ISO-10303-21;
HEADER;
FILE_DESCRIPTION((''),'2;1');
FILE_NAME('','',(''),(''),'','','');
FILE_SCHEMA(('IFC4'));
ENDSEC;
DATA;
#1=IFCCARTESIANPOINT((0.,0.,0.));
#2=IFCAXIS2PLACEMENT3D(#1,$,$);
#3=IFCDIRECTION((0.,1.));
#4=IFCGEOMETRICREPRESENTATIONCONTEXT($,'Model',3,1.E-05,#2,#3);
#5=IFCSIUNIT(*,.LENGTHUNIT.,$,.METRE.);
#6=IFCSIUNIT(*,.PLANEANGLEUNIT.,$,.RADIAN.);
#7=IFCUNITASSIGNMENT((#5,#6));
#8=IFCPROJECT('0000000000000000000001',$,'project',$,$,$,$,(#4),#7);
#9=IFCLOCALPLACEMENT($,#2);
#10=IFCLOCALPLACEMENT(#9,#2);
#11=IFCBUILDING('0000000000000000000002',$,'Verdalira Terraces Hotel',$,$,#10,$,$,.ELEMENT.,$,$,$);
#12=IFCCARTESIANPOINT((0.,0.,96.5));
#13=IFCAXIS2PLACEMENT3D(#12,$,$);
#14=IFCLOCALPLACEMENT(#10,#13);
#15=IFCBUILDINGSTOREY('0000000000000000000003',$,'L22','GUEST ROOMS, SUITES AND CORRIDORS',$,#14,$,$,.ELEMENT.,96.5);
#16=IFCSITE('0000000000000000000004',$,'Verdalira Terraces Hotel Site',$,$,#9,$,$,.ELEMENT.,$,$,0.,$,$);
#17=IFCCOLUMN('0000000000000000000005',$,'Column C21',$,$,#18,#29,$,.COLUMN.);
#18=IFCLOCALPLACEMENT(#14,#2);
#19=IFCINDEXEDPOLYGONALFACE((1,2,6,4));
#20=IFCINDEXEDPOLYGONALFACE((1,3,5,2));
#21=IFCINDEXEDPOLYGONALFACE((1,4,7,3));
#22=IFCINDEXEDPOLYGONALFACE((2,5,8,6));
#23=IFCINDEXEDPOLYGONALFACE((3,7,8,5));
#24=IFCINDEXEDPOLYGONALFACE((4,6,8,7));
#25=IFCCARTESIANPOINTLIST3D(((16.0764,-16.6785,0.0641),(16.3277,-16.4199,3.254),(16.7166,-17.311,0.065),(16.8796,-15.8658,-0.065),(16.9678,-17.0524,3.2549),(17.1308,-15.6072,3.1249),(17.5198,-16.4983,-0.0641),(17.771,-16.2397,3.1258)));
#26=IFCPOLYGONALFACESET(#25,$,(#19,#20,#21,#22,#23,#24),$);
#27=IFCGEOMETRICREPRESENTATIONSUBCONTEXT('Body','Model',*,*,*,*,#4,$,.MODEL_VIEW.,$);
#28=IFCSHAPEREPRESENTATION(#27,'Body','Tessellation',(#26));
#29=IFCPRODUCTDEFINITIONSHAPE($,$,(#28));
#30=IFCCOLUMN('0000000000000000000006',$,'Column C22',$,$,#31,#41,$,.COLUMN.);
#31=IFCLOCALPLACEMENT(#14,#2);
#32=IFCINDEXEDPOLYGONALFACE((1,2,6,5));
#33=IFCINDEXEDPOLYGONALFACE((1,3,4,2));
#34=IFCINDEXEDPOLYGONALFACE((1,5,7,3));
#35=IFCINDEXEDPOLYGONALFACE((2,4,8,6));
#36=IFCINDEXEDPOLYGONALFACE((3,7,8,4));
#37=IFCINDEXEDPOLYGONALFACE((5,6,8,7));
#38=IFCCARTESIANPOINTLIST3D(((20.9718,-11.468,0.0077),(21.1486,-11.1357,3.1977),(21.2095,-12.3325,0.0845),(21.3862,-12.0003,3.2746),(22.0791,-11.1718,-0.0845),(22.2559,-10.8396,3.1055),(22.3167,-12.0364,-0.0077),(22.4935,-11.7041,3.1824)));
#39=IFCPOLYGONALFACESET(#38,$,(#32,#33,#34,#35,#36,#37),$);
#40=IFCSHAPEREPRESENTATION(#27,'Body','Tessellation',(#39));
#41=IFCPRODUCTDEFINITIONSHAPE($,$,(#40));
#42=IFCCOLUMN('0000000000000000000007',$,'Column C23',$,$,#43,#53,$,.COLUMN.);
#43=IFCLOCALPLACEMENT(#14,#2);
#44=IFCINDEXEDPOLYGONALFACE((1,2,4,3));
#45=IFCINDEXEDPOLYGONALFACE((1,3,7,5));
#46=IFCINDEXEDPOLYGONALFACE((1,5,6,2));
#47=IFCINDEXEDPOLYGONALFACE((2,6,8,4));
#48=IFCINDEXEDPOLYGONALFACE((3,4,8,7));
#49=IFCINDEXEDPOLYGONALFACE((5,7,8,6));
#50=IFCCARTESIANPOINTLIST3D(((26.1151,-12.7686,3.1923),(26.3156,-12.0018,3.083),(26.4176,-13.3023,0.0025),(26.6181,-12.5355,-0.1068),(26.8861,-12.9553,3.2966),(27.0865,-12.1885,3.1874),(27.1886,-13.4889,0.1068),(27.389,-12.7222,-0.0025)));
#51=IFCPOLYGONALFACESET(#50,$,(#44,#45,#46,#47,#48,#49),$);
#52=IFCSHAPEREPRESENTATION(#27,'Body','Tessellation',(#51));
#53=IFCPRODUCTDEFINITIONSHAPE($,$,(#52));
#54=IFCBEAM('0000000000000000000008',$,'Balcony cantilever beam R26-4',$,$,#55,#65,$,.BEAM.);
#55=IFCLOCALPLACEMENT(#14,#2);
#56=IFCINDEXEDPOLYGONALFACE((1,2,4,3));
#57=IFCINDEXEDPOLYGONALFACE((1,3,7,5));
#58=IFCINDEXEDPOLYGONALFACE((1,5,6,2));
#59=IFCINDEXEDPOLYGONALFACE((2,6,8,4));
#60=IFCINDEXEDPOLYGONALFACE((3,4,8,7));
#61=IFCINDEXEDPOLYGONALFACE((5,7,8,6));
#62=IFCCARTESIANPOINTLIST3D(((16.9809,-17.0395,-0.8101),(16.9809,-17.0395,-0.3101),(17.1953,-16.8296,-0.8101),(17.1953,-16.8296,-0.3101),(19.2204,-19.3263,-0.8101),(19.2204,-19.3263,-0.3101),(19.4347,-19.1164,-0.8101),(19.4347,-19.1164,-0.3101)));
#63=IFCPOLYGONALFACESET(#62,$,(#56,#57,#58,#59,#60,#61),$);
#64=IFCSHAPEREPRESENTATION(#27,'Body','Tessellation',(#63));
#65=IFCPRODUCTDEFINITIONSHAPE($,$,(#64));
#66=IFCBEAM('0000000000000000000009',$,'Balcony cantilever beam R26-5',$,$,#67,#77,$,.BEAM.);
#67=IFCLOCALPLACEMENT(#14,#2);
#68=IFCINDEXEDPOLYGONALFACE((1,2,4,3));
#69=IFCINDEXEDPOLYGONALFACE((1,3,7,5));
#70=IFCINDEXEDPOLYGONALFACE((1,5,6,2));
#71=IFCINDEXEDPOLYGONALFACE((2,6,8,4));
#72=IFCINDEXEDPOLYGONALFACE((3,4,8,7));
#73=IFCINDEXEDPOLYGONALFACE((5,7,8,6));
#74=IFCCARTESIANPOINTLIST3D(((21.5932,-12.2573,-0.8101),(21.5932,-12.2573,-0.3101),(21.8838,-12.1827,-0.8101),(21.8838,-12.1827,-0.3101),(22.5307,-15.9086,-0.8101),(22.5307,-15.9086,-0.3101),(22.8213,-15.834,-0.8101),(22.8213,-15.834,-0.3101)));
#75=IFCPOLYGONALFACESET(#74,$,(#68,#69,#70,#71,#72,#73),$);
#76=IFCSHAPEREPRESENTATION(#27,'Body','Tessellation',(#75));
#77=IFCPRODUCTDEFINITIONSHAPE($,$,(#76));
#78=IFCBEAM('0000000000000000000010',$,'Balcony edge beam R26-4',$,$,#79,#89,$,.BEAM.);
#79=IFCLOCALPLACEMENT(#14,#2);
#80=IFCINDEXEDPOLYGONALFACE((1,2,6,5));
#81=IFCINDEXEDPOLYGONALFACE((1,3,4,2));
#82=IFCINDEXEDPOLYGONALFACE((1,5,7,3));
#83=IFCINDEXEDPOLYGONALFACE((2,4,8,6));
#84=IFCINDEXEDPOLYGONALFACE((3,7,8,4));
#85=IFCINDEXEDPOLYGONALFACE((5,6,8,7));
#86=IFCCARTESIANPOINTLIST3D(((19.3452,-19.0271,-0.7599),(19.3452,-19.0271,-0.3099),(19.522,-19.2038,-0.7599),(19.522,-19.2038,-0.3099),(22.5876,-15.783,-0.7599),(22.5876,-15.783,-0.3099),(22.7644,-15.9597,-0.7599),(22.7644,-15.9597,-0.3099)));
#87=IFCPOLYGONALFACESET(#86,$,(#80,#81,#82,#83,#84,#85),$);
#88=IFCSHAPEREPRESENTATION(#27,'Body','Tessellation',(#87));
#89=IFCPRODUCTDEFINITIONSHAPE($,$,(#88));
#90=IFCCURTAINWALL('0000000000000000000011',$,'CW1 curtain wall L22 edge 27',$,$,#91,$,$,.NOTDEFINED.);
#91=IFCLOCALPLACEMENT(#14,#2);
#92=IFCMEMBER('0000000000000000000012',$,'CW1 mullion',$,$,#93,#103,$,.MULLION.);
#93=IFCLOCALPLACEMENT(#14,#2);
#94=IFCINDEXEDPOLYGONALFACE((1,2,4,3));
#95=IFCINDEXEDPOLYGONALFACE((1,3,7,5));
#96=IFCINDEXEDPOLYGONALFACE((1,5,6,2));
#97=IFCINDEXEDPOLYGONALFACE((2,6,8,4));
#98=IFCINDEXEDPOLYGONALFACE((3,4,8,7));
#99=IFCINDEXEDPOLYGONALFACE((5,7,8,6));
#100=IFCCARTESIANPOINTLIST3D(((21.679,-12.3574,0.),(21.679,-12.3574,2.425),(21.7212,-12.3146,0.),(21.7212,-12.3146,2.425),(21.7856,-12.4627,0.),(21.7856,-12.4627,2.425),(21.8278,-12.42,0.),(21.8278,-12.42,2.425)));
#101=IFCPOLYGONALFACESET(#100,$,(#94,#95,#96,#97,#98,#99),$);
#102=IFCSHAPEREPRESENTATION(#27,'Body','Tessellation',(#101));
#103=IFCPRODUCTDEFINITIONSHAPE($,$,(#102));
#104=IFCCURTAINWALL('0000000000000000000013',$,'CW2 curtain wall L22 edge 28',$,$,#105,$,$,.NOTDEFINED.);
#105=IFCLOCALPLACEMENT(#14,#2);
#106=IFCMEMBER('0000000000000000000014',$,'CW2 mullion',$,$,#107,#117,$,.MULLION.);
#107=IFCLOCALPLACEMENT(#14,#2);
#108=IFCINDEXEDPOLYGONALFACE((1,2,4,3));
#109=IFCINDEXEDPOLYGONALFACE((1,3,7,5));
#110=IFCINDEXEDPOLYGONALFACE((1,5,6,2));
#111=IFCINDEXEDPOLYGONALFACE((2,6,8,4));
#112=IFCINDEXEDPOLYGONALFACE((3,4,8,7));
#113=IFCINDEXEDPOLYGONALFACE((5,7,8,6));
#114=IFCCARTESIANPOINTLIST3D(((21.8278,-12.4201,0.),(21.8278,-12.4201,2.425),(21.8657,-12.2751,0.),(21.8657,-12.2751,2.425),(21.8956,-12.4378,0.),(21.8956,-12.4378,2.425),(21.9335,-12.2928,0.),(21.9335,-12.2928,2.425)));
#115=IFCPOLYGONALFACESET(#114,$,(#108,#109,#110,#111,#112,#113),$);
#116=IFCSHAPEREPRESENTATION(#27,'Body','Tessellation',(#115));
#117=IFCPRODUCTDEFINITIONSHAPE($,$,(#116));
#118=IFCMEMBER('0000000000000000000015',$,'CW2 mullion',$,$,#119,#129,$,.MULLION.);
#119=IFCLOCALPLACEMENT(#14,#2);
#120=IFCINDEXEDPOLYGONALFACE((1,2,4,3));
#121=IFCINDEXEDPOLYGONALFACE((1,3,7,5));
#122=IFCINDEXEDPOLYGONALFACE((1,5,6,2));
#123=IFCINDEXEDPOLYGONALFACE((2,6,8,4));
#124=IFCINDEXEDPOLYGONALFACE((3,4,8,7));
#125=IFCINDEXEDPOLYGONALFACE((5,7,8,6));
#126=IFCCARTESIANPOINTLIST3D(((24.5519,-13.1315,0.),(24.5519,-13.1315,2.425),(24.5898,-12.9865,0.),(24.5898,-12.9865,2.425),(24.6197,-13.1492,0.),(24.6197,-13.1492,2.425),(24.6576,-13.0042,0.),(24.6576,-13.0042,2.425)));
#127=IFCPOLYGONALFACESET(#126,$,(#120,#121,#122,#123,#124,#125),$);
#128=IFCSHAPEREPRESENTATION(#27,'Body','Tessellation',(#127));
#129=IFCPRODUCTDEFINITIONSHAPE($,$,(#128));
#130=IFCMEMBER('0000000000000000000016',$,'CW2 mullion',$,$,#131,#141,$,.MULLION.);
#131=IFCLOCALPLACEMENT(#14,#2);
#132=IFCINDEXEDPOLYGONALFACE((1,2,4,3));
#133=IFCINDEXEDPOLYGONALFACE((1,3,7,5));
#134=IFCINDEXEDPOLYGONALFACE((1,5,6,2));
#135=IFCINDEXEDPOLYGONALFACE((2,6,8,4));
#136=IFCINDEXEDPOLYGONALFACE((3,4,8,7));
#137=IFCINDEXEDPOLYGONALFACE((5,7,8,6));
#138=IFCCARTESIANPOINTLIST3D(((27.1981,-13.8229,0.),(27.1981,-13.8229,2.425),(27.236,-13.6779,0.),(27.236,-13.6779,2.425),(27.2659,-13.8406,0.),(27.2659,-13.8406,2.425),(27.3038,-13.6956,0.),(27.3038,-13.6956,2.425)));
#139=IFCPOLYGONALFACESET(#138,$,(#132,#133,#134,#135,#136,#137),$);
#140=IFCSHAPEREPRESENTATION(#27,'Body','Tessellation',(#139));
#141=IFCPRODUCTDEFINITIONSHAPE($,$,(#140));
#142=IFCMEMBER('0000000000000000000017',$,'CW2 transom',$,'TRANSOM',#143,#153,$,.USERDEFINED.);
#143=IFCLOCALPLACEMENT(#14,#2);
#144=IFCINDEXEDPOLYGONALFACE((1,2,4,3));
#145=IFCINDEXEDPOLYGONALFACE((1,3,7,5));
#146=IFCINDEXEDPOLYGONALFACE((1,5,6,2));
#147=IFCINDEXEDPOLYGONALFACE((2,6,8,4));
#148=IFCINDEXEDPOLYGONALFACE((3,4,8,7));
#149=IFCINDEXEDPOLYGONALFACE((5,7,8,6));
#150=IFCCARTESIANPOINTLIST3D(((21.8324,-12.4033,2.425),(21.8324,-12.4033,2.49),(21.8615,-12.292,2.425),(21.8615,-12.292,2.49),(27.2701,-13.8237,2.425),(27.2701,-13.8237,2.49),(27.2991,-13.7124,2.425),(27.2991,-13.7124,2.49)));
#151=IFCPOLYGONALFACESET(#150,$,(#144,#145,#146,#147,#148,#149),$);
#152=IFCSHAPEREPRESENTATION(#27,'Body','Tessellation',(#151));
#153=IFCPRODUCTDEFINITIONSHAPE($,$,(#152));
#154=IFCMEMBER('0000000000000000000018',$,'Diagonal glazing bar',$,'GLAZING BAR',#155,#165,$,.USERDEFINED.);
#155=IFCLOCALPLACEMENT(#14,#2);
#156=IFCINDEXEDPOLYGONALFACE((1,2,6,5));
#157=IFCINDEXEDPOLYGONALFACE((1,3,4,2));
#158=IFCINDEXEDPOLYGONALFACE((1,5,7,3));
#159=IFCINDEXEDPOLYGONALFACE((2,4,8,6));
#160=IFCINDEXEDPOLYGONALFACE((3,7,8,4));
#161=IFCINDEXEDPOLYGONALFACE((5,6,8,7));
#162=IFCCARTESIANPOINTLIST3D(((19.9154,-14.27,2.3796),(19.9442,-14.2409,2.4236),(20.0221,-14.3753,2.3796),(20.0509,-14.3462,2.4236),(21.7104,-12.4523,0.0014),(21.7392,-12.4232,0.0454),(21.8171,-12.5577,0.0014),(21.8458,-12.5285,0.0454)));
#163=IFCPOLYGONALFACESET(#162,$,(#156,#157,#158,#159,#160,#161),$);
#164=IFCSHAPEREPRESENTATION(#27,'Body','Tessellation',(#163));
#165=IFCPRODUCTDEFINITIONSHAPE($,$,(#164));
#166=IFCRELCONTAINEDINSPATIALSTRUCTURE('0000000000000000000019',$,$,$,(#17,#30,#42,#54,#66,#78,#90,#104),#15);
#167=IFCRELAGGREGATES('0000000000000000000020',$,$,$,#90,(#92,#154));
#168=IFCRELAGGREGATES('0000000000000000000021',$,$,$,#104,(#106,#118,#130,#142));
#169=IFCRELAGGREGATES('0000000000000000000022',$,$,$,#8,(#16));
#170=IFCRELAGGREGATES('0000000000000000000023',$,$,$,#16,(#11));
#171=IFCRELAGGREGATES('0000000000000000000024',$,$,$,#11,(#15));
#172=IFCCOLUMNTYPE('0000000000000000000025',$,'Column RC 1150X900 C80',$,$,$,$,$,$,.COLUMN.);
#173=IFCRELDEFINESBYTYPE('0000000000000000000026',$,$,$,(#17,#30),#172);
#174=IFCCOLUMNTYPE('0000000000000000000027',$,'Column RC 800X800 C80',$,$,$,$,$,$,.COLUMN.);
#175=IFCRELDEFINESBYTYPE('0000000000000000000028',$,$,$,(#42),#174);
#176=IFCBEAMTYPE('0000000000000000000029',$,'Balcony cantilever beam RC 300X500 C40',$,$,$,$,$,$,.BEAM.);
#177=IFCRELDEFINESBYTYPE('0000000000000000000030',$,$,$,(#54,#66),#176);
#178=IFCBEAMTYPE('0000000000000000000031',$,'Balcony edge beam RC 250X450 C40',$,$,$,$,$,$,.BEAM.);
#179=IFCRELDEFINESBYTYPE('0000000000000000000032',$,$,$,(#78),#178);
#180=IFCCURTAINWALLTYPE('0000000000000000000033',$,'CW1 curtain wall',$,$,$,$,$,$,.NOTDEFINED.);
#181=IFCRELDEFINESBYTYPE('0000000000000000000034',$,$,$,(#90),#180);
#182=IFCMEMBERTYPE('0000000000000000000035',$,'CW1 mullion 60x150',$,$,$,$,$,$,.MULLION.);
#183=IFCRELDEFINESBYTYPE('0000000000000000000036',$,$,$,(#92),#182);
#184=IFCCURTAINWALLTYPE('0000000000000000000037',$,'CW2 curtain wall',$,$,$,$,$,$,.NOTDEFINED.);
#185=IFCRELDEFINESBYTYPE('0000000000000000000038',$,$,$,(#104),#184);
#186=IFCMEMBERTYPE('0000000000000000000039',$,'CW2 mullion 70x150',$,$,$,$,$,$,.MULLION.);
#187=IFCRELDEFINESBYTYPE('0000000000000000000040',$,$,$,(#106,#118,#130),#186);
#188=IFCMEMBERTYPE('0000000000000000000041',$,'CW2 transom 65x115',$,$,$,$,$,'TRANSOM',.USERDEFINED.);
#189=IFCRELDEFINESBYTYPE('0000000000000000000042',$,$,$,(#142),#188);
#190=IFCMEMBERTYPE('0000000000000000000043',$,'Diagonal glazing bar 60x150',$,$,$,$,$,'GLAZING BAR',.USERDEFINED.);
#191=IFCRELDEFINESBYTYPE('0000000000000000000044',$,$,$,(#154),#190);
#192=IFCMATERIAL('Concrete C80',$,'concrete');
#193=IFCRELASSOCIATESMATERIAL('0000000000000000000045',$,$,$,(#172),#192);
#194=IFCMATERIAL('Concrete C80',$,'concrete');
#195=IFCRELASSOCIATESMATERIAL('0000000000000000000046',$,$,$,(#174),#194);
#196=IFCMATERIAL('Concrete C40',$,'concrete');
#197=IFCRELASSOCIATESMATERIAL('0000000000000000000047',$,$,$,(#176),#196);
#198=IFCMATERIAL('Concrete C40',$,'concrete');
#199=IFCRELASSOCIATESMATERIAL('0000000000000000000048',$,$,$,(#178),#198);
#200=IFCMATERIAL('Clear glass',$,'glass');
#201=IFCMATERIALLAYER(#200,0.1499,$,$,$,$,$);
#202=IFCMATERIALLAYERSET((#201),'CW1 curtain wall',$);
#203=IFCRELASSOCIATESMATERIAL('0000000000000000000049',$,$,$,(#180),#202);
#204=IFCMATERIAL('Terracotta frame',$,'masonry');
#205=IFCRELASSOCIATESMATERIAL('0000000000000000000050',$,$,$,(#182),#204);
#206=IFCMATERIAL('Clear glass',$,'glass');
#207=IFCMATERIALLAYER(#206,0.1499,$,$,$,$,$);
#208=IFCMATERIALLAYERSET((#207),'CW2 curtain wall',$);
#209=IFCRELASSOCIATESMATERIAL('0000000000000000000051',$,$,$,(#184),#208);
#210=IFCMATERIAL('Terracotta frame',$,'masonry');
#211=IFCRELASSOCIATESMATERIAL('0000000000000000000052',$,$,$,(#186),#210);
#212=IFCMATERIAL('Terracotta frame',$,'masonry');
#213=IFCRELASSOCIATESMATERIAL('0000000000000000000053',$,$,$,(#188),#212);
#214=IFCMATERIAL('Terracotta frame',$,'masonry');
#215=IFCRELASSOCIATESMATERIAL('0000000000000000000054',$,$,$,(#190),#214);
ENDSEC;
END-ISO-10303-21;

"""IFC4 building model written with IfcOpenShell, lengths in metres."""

from ifc_helpers import new_model, si_unit, direction, frame, origin, origin_2d, place, context, subcontext, project, spatial, rectangle, extrude, material, layer, layer_set, material_profile, profile_set, type_object, element, aggregate, save


model = new_model("IFC4")

# Units and contexts
model_context = context("Model", 3, precision=1e-05, world=origin(), true_north=direction((0.0, 1.0)))
body_context = subcontext(model_context, "Body", "Model", "MODEL_VIEW")
ifc_project = project(units=[si_unit("LENGTHUNIT", "METRE"), si_unit("PLANEANGLEUNIT", "RADIAN")], contexts=[model_context])

# Site, building, storey
site_placement = place(None, origin())
site = spatial("IfcSite", under=ifc_project, at=site_placement, Name="Verdalira Terraces Hotel Site", CompositionType="ELEMENT", RefElevation=0.0)
building_placement = place(site_placement, origin())
building = spatial("IfcBuilding", under=site, at=building_placement, Name="Verdalira Terraces Hotel", CompositionType="ELEMENT")
storey_placement = place(building_placement, frame((0.0, 0.0, 96.5)))
storey = spatial("IfcBuildingStorey", under=building, at=storey_placement, Name="L22", Description="GUEST ROOMS, SUITES AND CORRIDORS", CompositionType="ELEMENT", Elevation=96.5)

# Columns
ifc_material_1 = material(Name="Concrete C80", Category="concrete")
ifc_material_profile_1 = material_profile(ifc_material_1, rectangle(XDim=1.1499, YDim=0.8999, at=origin_2d()), Name="RC 1150X900")
ifc_profile_set_1 = profile_set([ifc_material_profile_1], Name="Concrete C80")
column_type_1 = type_object("IfcColumnType", Name="Column RC 1150X900 C80", PredefinedType="COLUMN", material=ifc_profile_set_1)
column_1_placement = place(storey_placement, frame((16.7981, -16.5884, 0.0), z_axis=(0.078256, 0.080537, 0.993675), x_axis=(0.69849, 0.706755, -0.112291)))
element("IfcColumn", 1, at=column_1_placement, inside=storey, type_object=column_type_1, Name="Column C21", PredefinedType="COLUMN", context=body_context, shape_type="SweptSolid", body=[
    extrude(rectangle(XDim=1.1499, YDim=0.8999, at=origin_2d()), origin(), (0.0, 0.0, 1.0), 3.2102),
])
column_2_placement = place(storey_placement, frame((21.6443, -11.7522, 0.0), z_axis=(0.055029, 0.103446, 0.993112), x_axis=(-0.962932, -0.25755, 0.080184)))
element("IfcColumn", 2, at=column_2_placement, inside=storey, type_object=column_type_1, Name="Column C22", PredefinedType="COLUMN", context=body_context, shape_type="SweptSolid", body=[
    extrude(rectangle(XDim=1.1499, YDim=0.8999, at=origin_2d()), origin(), (0.0, 0.0, 1.0), 3.2122),
])
ifc_material_2 = material(Name="Concrete C80", Category="concrete")
ifc_material_profile_2 = material_profile(ifc_material_2, rectangle(XDim=0.8, YDim=0.8, at=origin_2d()), Name="RC 800X800")
ifc_profile_set_2 = profile_set([ifc_material_profile_2], Name="Concrete C80")
column_type_2 = type_object("IfcColumnType", Name="Column RC 800X800 C80", PredefinedType="COLUMN", material=ifc_profile_set_2)
column_3_placement = place(storey_placement, frame((26.9033, -13.0122, 0.0), z_axis=(-0.09312, 0.164294, 0.982006), x_axis=(0.963615, -0.233323, 0.130412)))
element("IfcColumn", 3, at=column_3_placement, inside=storey, type_object=column_type_2, Name="Column C23", PredefinedType="COLUMN", context=body_context, shape_type="SweptSolid", body=[
    extrude(rectangle(XDim=0.8, YDim=0.8, at=origin_2d()), origin(), (0.0, 0.0, 1.0), 3.2483),
])

# Beams
ifc_material_3 = material(Name="Concrete C40", Category="concrete")
ifc_material_profile_3 = material_profile(ifc_material_3, rectangle(XDim=0.3, YDim=0.5, at=origin_2d()), Name="RC 300X500")
ifc_profile_set_3 = profile_set([ifc_material_profile_3], Name="Concrete C40")
beam_type_1 = type_object("IfcBeamType", Name="Balcony cantilever beam RC 300X500 C40", PredefinedType="BEAM", material=ifc_profile_set_3)
beam_1_placement = place(storey_placement, frame((17.0881, -16.9346, -0.5601), z_axis=(0.699669, -0.714467, 0.0), x_axis=(0.714467, 0.699669, 0.0)))
element("IfcBeam", 4, at=beam_1_placement, inside=storey, type_object=beam_type_1, Name="Balcony cantilever beam R26-4", PredefinedType="BEAM", context=body_context, shape_type="SweptSolid", body=[
    extrude(rectangle(XDim=0.3, YDim=0.5, at=origin_2d()), origin(), (0.0, 0.0, 1.0), 3.2007),
])
beam_2_placement = place(storey_placement, frame((21.7385, -12.22, -0.5601), z_axis=(0.248687, -0.968584, 0.0), x_axis=(0.968584, 0.248687, 0.0)))
element("IfcBeam", 5, at=beam_2_placement, inside=storey, type_object=beam_type_1, Name="Balcony cantilever beam R26-5", PredefinedType="BEAM", context=body_context, shape_type="SweptSolid", body=[
    extrude(rectangle(XDim=0.3, YDim=0.5, at=origin_2d()), origin(), (0.0, 0.0, 1.0), 3.7698),
])
ifc_material_4 = material(Name="Concrete C40", Category="concrete")
ifc_material_profile_4 = material_profile(ifc_material_4, rectangle(XDim=0.25, YDim=0.45, at=origin_2d()), Name="RC 250X450")
ifc_profile_set_4 = profile_set([ifc_material_profile_4], Name="Concrete C40")
beam_type_2 = type_object("IfcBeamType", Name="Balcony edge beam RC 250X450 C40", PredefinedType="BEAM", material=ifc_profile_set_4)
beam_3_placement = place(storey_placement, frame((19.4336, -19.1155, -0.5349), z_axis=(0.70692, 0.707293, 0.0), x_axis=(-0.707293, 0.70692, 0.0)))
element("IfcBeam", 6, at=beam_3_placement, inside=storey, type_object=beam_type_2, Name="Balcony edge beam R26-4", PredefinedType="BEAM", context=body_context, shape_type="SweptSolid", body=[
    extrude(rectangle(XDim=0.25, YDim=0.45, at=origin_2d()), origin(), (0.0, 0.0, 1.0), 4.5867),
])

# Curtain wall, member
ifc_material_5 = material(Name="Clear glass", Category="glass")
ifc_layer_1 = layer(ifc_material_5, 0.1499)
ifc_layer_set_1 = layer_set([ifc_layer_1], Name="CW1 curtain wall")
curtain_wall_type_1 = type_object("IfcCurtainWallType", Name="CW1 curtain wall", PredefinedType="NOTDEFINED", material=ifc_layer_set_1)
curtain_wall_1_placement = place(storey_placement, origin())
curtain_wall_1 = element("IfcCurtainWall", 7, at=curtain_wall_1_placement, inside=storey, type_object=curtain_wall_type_1, Name="CW1 curtain wall L22 edge 27", PredefinedType="NOTDEFINED")
ifc_material_6 = material(Name="Terracotta frame", Category="masonry")
ifc_material_profile_5 = material_profile(ifc_material_6, rectangle(XDim=0.0601, YDim=0.1499, at=origin_2d()), Name="MU 60x150")
ifc_profile_set_5 = profile_set([ifc_material_profile_5], Name="Terracotta frame")
member_type_1 = type_object("IfcMemberType", Name="CW1 mullion 60x150", PredefinedType="MULLION", material=ifc_profile_set_5)
member_1_placement = place(storey_placement, frame((21.7534, -12.3887, 0.0), z_axis=(0.0, 0.0, 1.0), x_axis=(0.70265, 0.711536, 0.0)))
member_1 = element("IfcMember", 8, at=member_1_placement, type_object=member_type_1, Name="CW1 mullion", PredefinedType="MULLION", context=body_context, shape_type="SweptSolid", body=[
    extrude(rectangle(XDim=0.0601, YDim=0.1499, at=origin_2d()), origin(), (0.0, 0.0, 1.0), 2.425),
])

# Curtain wall, members
ifc_material_7 = material(Name="Clear glass", Category="glass")
ifc_layer_2 = layer(ifc_material_7, 0.1499)
ifc_layer_set_2 = layer_set([ifc_layer_2], Name="CW2 curtain wall")
curtain_wall_type_2 = type_object("IfcCurtainWallType", Name="CW2 curtain wall", PredefinedType="NOTDEFINED", material=ifc_layer_set_2)
curtain_wall_2_placement = place(storey_placement, origin())
curtain_wall_2 = element("IfcCurtainWall", 9, at=curtain_wall_2_placement, inside=storey, type_object=curtain_wall_type_2, Name="CW2 curtain wall L22 edge 28", PredefinedType="NOTDEFINED")
ifc_material_8 = material(Name="Terracotta frame", Category="masonry")
ifc_material_profile_6 = material_profile(ifc_material_8, rectangle(XDim=0.0701, YDim=0.1499, at=origin_2d()), Name="MU 70x150")
ifc_profile_set_6 = profile_set([ifc_material_profile_6], Name="Terracotta frame")
member_type_2 = type_object("IfcMemberType", Name="CW2 mullion 70x150", PredefinedType="MULLION", material=ifc_profile_set_6)
member_2_placement = place(storey_placement, frame((21.8806, -12.3564, 0.0), z_axis=(0.0, 0.0, 1.0), x_axis=(0.967533, -0.252745, 0.0)))
member_2 = element("IfcMember", 10, at=member_2_placement, type_object=member_type_2, Name="CW2 mullion", PredefinedType="MULLION", context=body_context, shape_type="SweptSolid", body=[
    extrude(rectangle(XDim=0.0701, YDim=0.1499, at=origin_2d()), origin(), (0.0, 0.0, 1.0), 2.425),
])
member_3_placement = place(storey_placement, frame((24.6047, -13.0679, 0.0), z_axis=(0.0, 0.0, 1.0), x_axis=(0.967533, -0.252745, 0.0)))
member_3 = element("IfcMember", 11, at=member_3_placement, type_object=member_type_2, Name="CW2 mullion", PredefinedType="MULLION", context=body_context, shape_type="SweptSolid", body=[
    extrude(rectangle(XDim=0.0701, YDim=0.1499, at=origin_2d()), origin(), (0.0, 0.0, 1.0), 2.425),
])
member_4_placement = place(storey_placement, frame((27.251, -13.7593, 0.0), z_axis=(0.0, 0.0, 1.0), x_axis=(0.967533, -0.252745, 0.0)))
member_4 = element("IfcMember", 12, at=member_4_placement, type_object=member_type_2, Name="CW2 mullion", PredefinedType="MULLION", context=body_context, shape_type="SweptSolid", body=[
    extrude(rectangle(XDim=0.0701, YDim=0.1499, at=origin_2d()), origin(), (0.0, 0.0, 1.0), 2.425),
])
ifc_material_9 = material(Name="Terracotta frame", Category="masonry")
ifc_material_profile_7 = material_profile(ifc_material_9, rectangle(XDim=0.115, YDim=0.0649, at=origin_2d()), Name="TR 65x115")
ifc_profile_set_7 = profile_set([ifc_material_profile_7], Name="Terracotta frame")
member_type_3 = type_object("IfcMemberType", Name="CW2 transom 65x115", ElementType="TRANSOM", PredefinedType="USERDEFINED", material=ifc_profile_set_7)
member_5_placement = place(storey_placement, frame((21.8469, -12.3477, 2.4575), z_axis=(0.967536, -0.252733, 0.0), x_axis=(0.252733, 0.967536, 0.0)))
member_5 = element("IfcMember", 13, at=member_5_placement, type_object=member_type_3, Name="CW2 transom", ObjectType="TRANSOM", PredefinedType="USERDEFINED", context=body_context, shape_type="SweptSolid", body=[
    extrude(rectangle(XDim=0.115, YDim=0.0649, at=origin_2d()), origin(), (0.0, 0.0, 1.0), 5.6201),
])

# Member
ifc_material_10 = material(Name="Terracotta frame", Category="masonry")
ifc_material_profile_8 = material_profile(ifc_material_10, rectangle(XDim=0.1499, YDim=0.0601, at=origin_2d()), Name="GB 60x150")
ifc_profile_set_8 = profile_set([ifc_material_profile_8], Name="Terracotta frame")
member_type_4 = type_object("IfcMemberType", Name="Diagonal glazing bar 60x150", ElementType="GLAZING BAR", PredefinedType="USERDEFINED", material=ifc_profile_set_8)
member_6_placement = place(storey_placement, frame((19.9832, -14.3081, 2.4016), z_axis=(0.514281, 0.520786, -0.681394), x_axis=(-0.711537, 0.702649, 0.0)))
member_6 = element("IfcMember", 14, at=member_6_placement, type_object=member_type_4, Name="Diagonal glazing bar", ObjectType="GLAZING BAR", PredefinedType="USERDEFINED", context=body_context, shape_type="SweptSolid", body=[
    extrude(rectangle(XDim=0.1499, YDim=0.0601, at=origin_2d()), origin(), (0.0, 0.0, 1.0), 3.4902),
])

aggregate(curtain_wall_1, [member_1, member_6])
aggregate(curtain_wall_2, [member_2, member_3, member_4, member_5])

save(model, "model.ifc")
